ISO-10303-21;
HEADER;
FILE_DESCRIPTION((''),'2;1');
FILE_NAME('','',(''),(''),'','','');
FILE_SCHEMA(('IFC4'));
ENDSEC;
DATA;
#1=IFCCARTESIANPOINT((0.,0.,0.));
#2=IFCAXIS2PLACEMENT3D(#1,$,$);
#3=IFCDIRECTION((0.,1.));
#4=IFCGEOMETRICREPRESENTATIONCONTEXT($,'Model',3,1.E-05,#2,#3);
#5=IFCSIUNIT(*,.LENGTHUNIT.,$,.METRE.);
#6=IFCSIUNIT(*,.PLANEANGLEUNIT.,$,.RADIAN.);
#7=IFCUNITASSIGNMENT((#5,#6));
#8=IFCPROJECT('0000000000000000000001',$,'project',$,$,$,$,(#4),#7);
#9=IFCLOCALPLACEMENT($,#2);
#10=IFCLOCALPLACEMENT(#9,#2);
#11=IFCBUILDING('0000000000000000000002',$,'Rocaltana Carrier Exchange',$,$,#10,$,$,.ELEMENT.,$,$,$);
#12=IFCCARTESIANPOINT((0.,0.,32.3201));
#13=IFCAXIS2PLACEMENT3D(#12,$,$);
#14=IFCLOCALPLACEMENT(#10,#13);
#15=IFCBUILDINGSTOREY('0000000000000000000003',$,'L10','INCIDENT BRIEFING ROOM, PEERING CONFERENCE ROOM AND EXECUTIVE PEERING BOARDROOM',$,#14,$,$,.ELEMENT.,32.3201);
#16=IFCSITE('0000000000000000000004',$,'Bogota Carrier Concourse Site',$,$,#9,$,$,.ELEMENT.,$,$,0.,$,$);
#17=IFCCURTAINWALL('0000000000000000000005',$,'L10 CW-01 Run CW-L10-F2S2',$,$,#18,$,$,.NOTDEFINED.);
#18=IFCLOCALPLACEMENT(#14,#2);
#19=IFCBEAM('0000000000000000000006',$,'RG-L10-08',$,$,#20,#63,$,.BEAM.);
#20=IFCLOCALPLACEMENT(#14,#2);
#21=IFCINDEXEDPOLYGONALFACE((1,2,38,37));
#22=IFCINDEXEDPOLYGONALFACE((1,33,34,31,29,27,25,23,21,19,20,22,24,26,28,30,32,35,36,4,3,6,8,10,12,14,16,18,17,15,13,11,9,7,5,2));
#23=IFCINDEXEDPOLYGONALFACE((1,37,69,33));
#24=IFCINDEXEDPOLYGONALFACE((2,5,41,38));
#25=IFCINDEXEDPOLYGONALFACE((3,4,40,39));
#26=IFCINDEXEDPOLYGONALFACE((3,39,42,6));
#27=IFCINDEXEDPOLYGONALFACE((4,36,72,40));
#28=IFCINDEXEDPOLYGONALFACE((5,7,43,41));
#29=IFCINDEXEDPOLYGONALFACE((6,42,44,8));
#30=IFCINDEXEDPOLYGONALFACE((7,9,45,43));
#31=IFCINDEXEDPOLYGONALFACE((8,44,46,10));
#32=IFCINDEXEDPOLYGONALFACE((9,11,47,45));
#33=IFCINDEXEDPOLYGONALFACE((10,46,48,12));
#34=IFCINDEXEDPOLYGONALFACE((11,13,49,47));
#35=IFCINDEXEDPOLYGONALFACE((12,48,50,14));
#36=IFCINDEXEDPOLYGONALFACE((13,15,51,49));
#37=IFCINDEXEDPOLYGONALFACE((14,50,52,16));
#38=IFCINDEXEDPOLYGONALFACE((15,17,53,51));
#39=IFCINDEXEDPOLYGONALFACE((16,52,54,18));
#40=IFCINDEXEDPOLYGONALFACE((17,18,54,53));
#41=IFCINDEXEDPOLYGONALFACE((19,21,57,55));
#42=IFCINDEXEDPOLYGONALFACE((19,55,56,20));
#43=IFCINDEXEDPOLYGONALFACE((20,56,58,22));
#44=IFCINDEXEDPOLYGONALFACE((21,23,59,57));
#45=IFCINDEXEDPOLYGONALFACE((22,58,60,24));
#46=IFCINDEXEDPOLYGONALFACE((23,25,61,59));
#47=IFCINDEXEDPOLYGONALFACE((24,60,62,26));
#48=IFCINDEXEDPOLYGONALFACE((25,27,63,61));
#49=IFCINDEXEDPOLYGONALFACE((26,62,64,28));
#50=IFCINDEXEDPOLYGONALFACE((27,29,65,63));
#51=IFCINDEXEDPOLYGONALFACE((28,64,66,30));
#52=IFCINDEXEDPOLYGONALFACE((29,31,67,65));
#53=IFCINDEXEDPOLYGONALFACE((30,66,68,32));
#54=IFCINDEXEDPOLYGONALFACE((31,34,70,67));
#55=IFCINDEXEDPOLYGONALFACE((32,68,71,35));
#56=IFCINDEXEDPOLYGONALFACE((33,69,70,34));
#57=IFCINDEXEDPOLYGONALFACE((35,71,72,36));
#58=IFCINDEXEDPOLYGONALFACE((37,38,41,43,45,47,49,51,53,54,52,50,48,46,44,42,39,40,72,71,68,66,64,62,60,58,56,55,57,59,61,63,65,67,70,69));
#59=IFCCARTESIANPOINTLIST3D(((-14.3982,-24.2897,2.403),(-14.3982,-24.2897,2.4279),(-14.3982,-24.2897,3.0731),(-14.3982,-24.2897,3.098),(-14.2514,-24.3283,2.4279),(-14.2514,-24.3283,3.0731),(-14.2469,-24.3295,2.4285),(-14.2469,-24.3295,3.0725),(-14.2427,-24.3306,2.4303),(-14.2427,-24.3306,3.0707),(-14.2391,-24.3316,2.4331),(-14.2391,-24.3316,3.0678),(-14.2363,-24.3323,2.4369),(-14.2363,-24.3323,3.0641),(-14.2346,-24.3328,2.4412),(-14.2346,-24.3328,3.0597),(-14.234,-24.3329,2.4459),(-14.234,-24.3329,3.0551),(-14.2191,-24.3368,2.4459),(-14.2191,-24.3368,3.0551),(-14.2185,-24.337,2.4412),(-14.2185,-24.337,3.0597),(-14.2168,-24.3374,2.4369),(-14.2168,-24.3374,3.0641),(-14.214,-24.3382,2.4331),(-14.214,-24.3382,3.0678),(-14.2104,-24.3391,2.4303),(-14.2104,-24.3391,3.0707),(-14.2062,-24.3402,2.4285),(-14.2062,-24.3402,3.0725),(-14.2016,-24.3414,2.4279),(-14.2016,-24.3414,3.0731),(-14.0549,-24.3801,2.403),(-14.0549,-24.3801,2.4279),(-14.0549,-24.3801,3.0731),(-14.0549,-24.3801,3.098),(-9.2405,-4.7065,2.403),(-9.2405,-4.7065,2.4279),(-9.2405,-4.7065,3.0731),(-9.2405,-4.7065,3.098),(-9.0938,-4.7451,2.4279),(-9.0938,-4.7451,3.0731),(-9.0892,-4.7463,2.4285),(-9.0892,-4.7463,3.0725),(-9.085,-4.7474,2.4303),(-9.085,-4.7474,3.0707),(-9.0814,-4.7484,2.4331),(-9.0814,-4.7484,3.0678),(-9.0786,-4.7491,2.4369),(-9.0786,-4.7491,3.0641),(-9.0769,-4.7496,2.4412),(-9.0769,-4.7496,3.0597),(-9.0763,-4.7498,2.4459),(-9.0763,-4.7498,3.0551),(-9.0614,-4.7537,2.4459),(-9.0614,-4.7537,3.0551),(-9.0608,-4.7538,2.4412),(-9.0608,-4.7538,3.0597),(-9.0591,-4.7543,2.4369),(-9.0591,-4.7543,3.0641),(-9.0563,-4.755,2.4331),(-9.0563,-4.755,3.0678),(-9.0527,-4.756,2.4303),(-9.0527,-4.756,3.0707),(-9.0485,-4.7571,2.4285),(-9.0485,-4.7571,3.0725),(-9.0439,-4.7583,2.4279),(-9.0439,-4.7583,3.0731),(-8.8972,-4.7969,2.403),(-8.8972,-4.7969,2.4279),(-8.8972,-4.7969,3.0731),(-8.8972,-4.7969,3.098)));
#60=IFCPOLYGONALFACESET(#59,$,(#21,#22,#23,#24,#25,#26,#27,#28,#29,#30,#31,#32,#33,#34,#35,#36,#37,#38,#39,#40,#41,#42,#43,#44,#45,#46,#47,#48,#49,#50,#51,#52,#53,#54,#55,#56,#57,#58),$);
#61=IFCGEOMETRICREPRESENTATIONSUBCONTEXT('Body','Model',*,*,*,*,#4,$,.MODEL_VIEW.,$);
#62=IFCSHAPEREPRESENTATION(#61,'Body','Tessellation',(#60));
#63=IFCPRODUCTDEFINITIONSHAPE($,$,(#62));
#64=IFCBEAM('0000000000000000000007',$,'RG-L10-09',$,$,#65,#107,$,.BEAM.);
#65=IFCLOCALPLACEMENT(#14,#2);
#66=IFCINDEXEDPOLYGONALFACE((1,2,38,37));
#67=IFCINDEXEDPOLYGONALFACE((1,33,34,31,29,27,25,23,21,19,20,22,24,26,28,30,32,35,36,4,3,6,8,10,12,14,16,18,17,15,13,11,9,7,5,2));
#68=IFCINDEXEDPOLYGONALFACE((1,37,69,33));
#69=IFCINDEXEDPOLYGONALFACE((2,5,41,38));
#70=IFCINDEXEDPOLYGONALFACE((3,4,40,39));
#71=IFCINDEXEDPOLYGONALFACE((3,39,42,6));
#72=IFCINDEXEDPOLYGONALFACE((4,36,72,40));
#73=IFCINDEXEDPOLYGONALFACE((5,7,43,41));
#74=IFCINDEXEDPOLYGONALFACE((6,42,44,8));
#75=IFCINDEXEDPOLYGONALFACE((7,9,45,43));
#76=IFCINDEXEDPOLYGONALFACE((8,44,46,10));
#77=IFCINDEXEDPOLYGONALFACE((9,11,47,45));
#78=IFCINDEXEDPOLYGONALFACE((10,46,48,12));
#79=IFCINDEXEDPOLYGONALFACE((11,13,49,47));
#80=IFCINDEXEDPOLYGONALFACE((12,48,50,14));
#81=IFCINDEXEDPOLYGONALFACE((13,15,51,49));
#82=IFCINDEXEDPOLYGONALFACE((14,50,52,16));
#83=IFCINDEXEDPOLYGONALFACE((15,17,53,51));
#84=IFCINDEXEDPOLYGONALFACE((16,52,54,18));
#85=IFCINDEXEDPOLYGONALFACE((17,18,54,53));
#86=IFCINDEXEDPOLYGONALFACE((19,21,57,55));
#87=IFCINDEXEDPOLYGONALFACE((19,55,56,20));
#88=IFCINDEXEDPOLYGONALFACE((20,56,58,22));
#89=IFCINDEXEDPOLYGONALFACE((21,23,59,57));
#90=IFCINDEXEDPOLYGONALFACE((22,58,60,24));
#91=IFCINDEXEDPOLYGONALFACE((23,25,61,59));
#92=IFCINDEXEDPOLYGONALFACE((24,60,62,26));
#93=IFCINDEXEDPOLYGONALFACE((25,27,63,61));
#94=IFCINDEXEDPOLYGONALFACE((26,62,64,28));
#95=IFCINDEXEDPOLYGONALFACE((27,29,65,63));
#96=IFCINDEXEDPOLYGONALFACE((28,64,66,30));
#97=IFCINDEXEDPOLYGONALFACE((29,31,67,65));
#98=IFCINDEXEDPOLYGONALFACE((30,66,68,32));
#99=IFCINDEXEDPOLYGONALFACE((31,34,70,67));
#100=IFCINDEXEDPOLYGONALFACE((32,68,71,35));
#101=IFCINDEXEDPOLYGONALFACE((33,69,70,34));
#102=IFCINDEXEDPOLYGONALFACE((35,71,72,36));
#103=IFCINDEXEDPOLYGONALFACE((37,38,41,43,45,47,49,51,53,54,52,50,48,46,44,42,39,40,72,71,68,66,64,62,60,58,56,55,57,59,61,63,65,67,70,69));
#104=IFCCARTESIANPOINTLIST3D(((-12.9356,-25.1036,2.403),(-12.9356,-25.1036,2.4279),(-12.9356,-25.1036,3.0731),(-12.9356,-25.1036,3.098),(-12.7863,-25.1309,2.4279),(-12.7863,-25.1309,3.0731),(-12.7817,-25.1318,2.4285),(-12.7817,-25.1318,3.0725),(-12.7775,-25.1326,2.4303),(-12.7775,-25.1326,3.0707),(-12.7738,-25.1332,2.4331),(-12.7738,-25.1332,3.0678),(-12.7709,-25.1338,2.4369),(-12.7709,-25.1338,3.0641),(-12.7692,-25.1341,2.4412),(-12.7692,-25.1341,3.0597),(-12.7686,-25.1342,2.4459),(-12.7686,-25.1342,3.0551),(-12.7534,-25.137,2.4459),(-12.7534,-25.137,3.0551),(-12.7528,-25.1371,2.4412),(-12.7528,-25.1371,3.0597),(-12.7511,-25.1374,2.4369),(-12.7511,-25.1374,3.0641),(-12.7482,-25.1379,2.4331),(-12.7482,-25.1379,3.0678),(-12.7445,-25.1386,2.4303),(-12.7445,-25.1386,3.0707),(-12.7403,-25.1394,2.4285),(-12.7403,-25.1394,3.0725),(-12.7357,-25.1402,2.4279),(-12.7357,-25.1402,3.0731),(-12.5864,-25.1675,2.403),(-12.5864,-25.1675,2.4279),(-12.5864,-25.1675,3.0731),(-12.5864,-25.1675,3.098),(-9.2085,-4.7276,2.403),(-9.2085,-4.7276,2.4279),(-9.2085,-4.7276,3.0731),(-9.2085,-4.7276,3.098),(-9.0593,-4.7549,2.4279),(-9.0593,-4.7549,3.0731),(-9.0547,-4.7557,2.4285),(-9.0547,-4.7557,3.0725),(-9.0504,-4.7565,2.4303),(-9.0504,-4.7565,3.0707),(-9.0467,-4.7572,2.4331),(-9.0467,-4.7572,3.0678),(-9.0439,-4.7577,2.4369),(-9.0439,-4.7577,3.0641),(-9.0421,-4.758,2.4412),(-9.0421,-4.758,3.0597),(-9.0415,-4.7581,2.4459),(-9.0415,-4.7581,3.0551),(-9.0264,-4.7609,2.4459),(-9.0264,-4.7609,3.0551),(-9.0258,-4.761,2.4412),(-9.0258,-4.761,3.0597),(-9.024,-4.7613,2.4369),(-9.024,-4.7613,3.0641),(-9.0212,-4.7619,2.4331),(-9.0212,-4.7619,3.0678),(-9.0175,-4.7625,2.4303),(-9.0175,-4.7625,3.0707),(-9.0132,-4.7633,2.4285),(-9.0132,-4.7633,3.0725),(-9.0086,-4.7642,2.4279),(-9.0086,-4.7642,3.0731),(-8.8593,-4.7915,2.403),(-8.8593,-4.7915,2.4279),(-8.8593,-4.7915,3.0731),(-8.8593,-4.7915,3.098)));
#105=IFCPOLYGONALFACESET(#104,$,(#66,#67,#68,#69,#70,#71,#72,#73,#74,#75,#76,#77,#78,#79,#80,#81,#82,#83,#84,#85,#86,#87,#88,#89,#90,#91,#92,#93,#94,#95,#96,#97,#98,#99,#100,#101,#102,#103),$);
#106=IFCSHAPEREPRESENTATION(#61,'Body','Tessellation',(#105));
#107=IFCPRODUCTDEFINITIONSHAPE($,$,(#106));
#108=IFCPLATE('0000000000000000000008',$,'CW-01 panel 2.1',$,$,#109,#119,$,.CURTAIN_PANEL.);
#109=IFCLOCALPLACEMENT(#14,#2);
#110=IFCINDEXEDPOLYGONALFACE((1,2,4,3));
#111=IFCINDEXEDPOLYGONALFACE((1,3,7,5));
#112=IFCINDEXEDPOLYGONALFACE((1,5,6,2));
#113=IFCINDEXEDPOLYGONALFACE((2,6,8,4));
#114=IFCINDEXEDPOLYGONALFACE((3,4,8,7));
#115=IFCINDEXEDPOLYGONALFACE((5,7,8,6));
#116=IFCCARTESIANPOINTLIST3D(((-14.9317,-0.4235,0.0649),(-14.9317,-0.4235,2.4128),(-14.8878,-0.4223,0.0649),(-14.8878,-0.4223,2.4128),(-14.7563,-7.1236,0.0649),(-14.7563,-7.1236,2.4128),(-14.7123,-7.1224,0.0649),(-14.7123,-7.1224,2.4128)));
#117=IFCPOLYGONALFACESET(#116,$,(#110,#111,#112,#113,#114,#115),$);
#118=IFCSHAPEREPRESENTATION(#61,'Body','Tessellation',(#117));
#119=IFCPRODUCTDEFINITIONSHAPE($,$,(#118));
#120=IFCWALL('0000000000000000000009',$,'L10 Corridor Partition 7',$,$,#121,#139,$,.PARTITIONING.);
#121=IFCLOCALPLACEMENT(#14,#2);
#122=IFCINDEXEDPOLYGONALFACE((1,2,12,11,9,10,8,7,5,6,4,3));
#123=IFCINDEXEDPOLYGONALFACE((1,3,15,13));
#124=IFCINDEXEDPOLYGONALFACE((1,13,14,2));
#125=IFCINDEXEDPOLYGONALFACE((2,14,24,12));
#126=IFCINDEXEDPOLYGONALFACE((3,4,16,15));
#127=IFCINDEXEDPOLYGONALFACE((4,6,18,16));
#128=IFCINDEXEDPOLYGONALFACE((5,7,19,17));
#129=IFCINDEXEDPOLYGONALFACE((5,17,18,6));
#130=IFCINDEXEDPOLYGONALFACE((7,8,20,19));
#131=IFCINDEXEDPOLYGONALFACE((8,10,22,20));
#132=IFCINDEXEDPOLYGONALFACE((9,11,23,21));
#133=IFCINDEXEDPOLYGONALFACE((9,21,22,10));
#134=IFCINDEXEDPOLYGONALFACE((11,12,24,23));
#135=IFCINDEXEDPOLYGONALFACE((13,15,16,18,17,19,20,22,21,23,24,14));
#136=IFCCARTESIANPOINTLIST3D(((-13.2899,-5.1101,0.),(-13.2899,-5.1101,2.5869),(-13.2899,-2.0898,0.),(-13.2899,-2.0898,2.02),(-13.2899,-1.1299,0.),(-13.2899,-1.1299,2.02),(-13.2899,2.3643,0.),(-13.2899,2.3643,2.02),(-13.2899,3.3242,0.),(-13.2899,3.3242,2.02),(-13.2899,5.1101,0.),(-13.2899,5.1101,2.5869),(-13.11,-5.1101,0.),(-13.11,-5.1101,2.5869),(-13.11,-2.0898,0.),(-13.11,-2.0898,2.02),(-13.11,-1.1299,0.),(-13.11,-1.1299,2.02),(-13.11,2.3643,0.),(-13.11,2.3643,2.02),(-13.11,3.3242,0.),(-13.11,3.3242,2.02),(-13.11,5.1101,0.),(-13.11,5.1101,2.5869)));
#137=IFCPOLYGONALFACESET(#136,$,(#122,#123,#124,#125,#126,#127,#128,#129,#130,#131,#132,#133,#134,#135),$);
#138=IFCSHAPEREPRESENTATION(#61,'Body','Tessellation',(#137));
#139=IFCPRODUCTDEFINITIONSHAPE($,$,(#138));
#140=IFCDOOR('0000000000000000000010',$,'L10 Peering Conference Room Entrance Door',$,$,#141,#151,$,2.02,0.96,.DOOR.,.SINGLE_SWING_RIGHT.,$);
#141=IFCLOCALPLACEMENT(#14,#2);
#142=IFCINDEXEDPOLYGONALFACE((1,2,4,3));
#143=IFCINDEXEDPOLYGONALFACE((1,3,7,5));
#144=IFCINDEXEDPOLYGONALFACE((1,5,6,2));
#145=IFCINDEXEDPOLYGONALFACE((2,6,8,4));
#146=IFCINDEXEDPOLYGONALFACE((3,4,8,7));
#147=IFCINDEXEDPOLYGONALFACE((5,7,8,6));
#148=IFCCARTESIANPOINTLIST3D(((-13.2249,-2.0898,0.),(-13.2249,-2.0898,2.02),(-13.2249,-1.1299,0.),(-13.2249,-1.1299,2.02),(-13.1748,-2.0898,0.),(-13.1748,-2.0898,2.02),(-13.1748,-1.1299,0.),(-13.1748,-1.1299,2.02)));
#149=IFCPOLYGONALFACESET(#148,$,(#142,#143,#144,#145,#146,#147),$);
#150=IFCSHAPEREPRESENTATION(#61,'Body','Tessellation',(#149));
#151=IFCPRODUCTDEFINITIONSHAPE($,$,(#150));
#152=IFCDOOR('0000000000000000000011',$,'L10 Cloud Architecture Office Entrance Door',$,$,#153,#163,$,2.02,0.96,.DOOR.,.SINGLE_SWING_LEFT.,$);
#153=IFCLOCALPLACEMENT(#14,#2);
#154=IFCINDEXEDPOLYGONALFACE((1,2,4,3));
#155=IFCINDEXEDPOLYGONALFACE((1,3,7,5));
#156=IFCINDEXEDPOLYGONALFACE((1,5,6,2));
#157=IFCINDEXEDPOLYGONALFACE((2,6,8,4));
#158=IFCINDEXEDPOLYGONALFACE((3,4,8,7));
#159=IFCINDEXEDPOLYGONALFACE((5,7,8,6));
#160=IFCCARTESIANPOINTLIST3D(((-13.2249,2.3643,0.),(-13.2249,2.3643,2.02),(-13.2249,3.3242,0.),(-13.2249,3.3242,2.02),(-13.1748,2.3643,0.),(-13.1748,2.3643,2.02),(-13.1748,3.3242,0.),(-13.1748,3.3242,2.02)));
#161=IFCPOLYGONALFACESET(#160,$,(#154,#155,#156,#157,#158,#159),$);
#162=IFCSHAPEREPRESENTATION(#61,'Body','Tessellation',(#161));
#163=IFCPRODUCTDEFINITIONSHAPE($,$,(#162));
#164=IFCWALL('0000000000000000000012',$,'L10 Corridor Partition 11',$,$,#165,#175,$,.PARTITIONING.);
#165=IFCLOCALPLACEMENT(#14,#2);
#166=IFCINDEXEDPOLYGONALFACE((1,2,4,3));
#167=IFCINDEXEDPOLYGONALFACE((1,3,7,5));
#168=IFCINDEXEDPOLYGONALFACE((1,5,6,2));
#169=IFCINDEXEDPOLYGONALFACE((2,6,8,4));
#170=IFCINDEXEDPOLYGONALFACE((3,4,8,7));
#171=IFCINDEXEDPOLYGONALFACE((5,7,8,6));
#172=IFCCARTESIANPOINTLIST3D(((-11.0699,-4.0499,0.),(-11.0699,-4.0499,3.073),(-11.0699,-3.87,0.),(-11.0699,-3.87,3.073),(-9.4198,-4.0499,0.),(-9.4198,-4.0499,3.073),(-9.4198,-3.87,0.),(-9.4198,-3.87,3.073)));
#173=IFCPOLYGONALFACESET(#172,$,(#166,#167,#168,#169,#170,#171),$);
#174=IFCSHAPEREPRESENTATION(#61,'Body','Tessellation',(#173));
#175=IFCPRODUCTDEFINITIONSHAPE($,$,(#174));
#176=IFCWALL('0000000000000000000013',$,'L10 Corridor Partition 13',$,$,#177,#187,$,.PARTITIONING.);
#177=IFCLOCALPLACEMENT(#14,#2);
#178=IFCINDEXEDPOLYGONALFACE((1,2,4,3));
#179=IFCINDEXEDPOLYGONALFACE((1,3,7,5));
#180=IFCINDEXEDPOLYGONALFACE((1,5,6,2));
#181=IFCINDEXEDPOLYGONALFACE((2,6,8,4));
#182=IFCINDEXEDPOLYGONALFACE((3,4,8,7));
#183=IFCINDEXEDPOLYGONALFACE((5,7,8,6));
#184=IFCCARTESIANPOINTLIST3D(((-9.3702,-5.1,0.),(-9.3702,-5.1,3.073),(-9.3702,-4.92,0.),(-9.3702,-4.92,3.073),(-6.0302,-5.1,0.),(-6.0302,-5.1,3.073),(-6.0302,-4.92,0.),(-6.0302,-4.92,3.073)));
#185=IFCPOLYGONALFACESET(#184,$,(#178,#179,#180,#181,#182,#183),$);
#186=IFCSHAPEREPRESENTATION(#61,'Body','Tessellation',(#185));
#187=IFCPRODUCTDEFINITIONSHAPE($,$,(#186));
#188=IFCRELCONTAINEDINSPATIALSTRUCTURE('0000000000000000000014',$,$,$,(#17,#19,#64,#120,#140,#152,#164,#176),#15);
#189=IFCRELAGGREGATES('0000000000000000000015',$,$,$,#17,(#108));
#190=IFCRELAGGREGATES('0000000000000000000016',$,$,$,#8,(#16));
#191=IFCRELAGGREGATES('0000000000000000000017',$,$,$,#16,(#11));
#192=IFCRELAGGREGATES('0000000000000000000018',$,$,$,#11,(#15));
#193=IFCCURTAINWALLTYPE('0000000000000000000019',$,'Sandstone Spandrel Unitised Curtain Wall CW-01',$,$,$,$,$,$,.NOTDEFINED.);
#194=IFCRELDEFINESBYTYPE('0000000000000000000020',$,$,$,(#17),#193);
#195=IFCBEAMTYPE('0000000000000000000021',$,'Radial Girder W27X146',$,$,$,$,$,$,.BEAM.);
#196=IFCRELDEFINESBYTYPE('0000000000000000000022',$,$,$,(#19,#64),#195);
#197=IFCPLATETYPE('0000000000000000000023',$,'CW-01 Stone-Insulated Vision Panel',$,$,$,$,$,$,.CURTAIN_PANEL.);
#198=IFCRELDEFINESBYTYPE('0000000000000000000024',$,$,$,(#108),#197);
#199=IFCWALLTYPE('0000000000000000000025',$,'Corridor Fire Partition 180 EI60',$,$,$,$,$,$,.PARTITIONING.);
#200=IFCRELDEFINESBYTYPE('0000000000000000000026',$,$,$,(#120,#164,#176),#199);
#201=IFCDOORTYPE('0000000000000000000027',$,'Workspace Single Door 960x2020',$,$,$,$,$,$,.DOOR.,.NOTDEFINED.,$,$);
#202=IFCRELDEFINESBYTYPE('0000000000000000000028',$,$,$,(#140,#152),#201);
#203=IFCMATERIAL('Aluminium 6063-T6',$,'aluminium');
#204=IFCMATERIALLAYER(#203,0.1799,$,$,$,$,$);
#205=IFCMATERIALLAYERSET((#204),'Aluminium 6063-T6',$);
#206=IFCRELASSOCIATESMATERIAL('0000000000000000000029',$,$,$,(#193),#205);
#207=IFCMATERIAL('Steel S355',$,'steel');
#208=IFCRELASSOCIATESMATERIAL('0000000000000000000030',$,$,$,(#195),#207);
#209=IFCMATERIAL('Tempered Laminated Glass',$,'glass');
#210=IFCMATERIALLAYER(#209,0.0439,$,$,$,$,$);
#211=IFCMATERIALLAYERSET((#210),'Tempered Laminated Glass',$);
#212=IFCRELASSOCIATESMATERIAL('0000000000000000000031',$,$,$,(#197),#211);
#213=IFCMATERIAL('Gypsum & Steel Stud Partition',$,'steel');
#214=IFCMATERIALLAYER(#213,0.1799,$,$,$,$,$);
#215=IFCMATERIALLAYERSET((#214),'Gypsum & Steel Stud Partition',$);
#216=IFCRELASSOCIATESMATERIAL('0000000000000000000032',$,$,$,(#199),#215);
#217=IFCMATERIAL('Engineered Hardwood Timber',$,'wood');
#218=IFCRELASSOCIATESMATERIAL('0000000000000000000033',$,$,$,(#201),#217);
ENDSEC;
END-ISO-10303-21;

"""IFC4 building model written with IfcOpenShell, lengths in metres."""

from ifc_helpers import new_model, si_unit, direction, frame, frame_2d, origin, origin_2d, place, context, subcontext, project, spatial, rectangle, i_section, extrude, material, layer, layer_set, material_profile, profile_set, type_object, element, fill, aggregate, save


model = new_model("IFC4")

# Units and contexts
model_context = context("Model", 3, precision=1e-05, world=origin(), true_north=direction((0.0, 1.0)))
body_context = subcontext(model_context, "Body", "Model", "MODEL_VIEW")
ifc_project = project(units=[si_unit("LENGTHUNIT", "METRE"), si_unit("PLANEANGLEUNIT", "RADIAN")], contexts=[model_context])

# Site, building, storey
site_placement = place(None, origin())
site = spatial("IfcSite", under=ifc_project, at=site_placement, Name="Bogota Carrier Concourse Site", CompositionType="ELEMENT", RefElevation=0.0)
building_placement = place(site_placement, origin())
building = spatial("IfcBuilding", under=site, at=building_placement, Name="Rocaltana Carrier Exchange", CompositionType="ELEMENT")
storey_placement = place(building_placement, frame((0.0, 0.0, 32.3201)))
storey = spatial("IfcBuildingStorey", under=building, at=storey_placement, Name="L10", Description="INCIDENT BRIEFING ROOM, PEERING CONFERENCE ROOM AND EXECUTIVE PEERING BOARDROOM", CompositionType="ELEMENT", Elevation=32.3201)

# Curtain wall
ifc_material_1 = material(Name="Aluminium 6063-T6", Category="aluminium")
ifc_layer_1 = layer(ifc_material_1, 0.1799)
ifc_layer_set_1 = layer_set([ifc_layer_1], Name="Aluminium 6063-T6")
curtain_wall_type = type_object("IfcCurtainWallType", Name="Sandstone Spandrel Unitised Curtain Wall CW-01", PredefinedType="NOTDEFINED", material=ifc_layer_set_1)
curtain_wall_placement = place(storey_placement, origin())
curtain_wall = element("IfcCurtainWall", 1, at=curtain_wall_placement, inside=storey, type_object=curtain_wall_type, Name="L10 CW-01 Run CW-L10-F2S2", PredefinedType="NOTDEFINED")

# Beams
ifc_material_2 = material(Name="Steel S355", Category="steel")
ifc_material_profile_1 = material_profile(ifc_material_2, i_section(OverallWidth=0.355, OverallDepth=0.6951, WebThickness=0.0154, FlangeThickness=0.0249, FilletRadius=0.0181, at=origin_2d()), Name="W27X146")
ifc_profile_set_1 = profile_set([ifc_material_profile_1], Name="Steel S355")
beam_type_1 = type_object("IfcBeamType", Name="Radial Girder W27X146", PredefinedType="BEAM", material=ifc_profile_set_1)
beam_1_placement = place(storey_placement, frame((-9.0688, -4.7517, 2.7505), z_axis=(-0.254689, -0.967023, 0.0), x_axis=(0.967023, -0.254689, 0.0)))
element("IfcBeam", 2, at=beam_1_placement, inside=storey, type_object=beam_type_1, Name="RG-L10-08", PredefinedType="BEAM", context=body_context, shape_type="SweptSolid", body=[
    extrude(i_section(OverallWidth=0.355, OverallDepth=0.6951, WebThickness=0.0154, FlangeThickness=0.0249, FilletRadius=0.0181, at=origin_2d()), origin(), (0.0, 0.0, 1.0), 20.251),
])
beam_2_placement = place(storey_placement, frame((-9.0339, -4.7595, 2.7505), z_axis=(-0.179929, -0.98368, 0.0), x_axis=(0.98368, -0.179929, 0.0)))
element("IfcBeam", 3, at=beam_2_placement, inside=storey, type_object=beam_type_1, Name="RG-L10-09", PredefinedType="BEAM", context=body_context, shape_type="SweptSolid", body=[
    extrude(i_section(OverallWidth=0.355, OverallDepth=0.6951, WebThickness=0.0154, FlangeThickness=0.0249, FilletRadius=0.0181, at=origin_2d()), origin(), (0.0, 0.0, 1.0), 20.7141),
])

# Plate
ifc_material_3 = material(Name="Tempered Laminated Glass", Category="glass")
ifc_layer_2 = layer(ifc_material_3, 0.0439)
ifc_layer_set_2 = layer_set([ifc_layer_2], Name="Tempered Laminated Glass")
plate_type = type_object("IfcPlateType", Name="CW-01 Stone-Insulated Vision Panel", PredefinedType="CURTAIN_PANEL", material=ifc_layer_set_2)
plate_placement = place(storey_placement, frame((-14.822, -3.7729, 0.0649), z_axis=(0.0, 0.0, 1.0), x_axis=(0.026177, -0.999657, 0.0)))
plate = element("IfcPlate", 4, at=plate_placement, type_object=plate_type, Name="CW-01 panel 2.1", PredefinedType="CURTAIN_PANEL", context=body_context, shape_type="SweptSolid", body=[
    extrude(rectangle(XDim=6.7024, YDim=0.0439, at=origin_2d()), origin(), (0.0, 0.0, 1.0), 2.3479),
])
aggregate(curtain_wall, [plate])

# Wall, openings, doors
ifc_material_4 = material(Name="Gypsum & Steel Stud Partition", Category="steel")
ifc_layer_3 = layer(ifc_material_4, 0.1799)
ifc_layer_set_3 = layer_set([ifc_layer_3], Name="Gypsum & Steel Stud Partition")
wall_type_1 = type_object("IfcWallType", Name="Corridor Fire Partition 180 EI60", PredefinedType="PARTITIONING", material=ifc_layer_set_3)
wall_1_placement = place(storey_placement, frame((-13.2, -5.1101, 0.0), z_axis=(0.0, 0.0, 1.0), x_axis=(0.0, 1.0, 0.0)))
wall_1 = element("IfcWall", 5, at=wall_1_placement, inside=storey, type_object=wall_type_1, Name="L10 Corridor Partition 7", PredefinedType="PARTITIONING", context=body_context, shape_type="SweptSolid", body=[
    extrude(rectangle(XDim=10.2202, YDim=0.1799, at=frame_2d((5.1101, 0.0))), origin(), (0.0, 0.0, 1.0), 2.5869),
])
opening_1_placement = place(wall_1_placement, frame((3.0203, 0.0, 0.0)))
opening_1 = element("IfcOpeningElement", 6, at=opening_1_placement, cuts=wall_1, PredefinedType="OPENING", context=body_context, shape_type="SweptSolid", body=[
    extrude(rectangle(XDim=0.96, YDim=2.02, at=frame_2d((0.48, 1.01))), frame((0.0, 0.0999, 0.0), z_axis=(0.0, -1.0, 0.0), x_axis=(1.0, 0.0, 0.0)), (0.0, 0.0, 1.0), 0.2),
])
opening_2_placement = place(wall_1_placement, frame((7.4744, 0.0, 0.0)))
opening_2 = element("IfcOpeningElement", 7, at=opening_2_placement, cuts=wall_1, PredefinedType="OPENING", context=body_context, shape_type="SweptSolid", body=[
    extrude(rectangle(XDim=0.96, YDim=2.02, at=frame_2d((0.48, 1.01))), frame((0.0, 0.0999, 0.0), z_axis=(0.0, -1.0, 0.0), x_axis=(1.0, 0.0, 0.0)), (0.0, 0.0, 1.0), 0.2),
])
ifc_material_5 = material(Name="Engineered Hardwood Timber", Category="wood")
door_type = type_object("IfcDoorType", Name="Workspace Single Door 960x2020", OperationType="NOTDEFINED", PredefinedType="DOOR", material=ifc_material_5)
door_1_placement = place(opening_1_placement, origin())
door_1 = element("IfcDoor", 8, at=door_1_placement, inside=storey, type_object=door_type, Name="L10 Peering Conference Room Entrance Door", OperationType="SINGLE_SWING_RIGHT", OverallHeight=2.02, OverallWidth=0.96, PredefinedType="DOOR", context=body_context, shape_type="SweptSolid", body=[
    extrude(rectangle(XDim=0.96, YDim=2.02, at=frame_2d((0.48, 1.01))), frame((0.0, 0.0249, 0.0), z_axis=(0.0, -1.0, 0.0), x_axis=(1.0, 0.0, 0.0)), (0.0, 0.0, 1.0), 0.05),
])
fill(opening_1, door_1)
door_2_placement = place(opening_2_placement, origin())
door_2 = element("IfcDoor", 9, at=door_2_placement, inside=storey, type_object=door_type, Name="L10 Cloud Architecture Office Entrance Door", OperationType="SINGLE_SWING_LEFT", OverallHeight=2.02, OverallWidth=0.96, PredefinedType="DOOR", context=body_context, shape_type="SweptSolid", body=[
    extrude(rectangle(XDim=0.96, YDim=2.02, at=frame_2d((0.48, 1.01))), frame((0.0, 0.0249, 0.0), z_axis=(0.0, -1.0, 0.0), x_axis=(1.0, 0.0, 0.0)), (0.0, 0.0, 1.0), 0.05),
])
fill(opening_2, door_2)

# Walls
wall_2_placement = place(storey_placement, frame((-11.0701, -3.96, 0.0), z_axis=(0.0, 0.0, 1.0), x_axis=(1.0, 0.0, 0.0)))
element("IfcWall", 10, at=wall_2_placement, inside=storey, type_object=wall_type_1, Name="L10 Corridor Partition 11", PredefinedType="PARTITIONING", context=body_context, shape_type="SweptSolid", body=[
    extrude(rectangle(XDim=1.6501, YDim=0.1799, at=frame_2d((0.8252, 0.0))), origin(), (0.0, 0.0, 1.0), 3.073),
])
wall_3_placement = place(storey_placement, frame((-9.3701, -5.01, 0.0), z_axis=(0.0, 0.0, 1.0), x_axis=(1.0, 0.0, 0.0)))
element("IfcWall", 11, at=wall_3_placement, inside=storey, type_object=wall_type_1, Name="L10 Corridor Partition 13", PredefinedType="PARTITIONING", context=body_context, shape_type="SweptSolid", body=[
    extrude(rectangle(XDim=3.3401, YDim=0.1799, at=frame_2d((1.6699, 0.0))), origin(), (0.0, 0.0, 1.0), 3.073),
])

save(model, "model.ifc")
